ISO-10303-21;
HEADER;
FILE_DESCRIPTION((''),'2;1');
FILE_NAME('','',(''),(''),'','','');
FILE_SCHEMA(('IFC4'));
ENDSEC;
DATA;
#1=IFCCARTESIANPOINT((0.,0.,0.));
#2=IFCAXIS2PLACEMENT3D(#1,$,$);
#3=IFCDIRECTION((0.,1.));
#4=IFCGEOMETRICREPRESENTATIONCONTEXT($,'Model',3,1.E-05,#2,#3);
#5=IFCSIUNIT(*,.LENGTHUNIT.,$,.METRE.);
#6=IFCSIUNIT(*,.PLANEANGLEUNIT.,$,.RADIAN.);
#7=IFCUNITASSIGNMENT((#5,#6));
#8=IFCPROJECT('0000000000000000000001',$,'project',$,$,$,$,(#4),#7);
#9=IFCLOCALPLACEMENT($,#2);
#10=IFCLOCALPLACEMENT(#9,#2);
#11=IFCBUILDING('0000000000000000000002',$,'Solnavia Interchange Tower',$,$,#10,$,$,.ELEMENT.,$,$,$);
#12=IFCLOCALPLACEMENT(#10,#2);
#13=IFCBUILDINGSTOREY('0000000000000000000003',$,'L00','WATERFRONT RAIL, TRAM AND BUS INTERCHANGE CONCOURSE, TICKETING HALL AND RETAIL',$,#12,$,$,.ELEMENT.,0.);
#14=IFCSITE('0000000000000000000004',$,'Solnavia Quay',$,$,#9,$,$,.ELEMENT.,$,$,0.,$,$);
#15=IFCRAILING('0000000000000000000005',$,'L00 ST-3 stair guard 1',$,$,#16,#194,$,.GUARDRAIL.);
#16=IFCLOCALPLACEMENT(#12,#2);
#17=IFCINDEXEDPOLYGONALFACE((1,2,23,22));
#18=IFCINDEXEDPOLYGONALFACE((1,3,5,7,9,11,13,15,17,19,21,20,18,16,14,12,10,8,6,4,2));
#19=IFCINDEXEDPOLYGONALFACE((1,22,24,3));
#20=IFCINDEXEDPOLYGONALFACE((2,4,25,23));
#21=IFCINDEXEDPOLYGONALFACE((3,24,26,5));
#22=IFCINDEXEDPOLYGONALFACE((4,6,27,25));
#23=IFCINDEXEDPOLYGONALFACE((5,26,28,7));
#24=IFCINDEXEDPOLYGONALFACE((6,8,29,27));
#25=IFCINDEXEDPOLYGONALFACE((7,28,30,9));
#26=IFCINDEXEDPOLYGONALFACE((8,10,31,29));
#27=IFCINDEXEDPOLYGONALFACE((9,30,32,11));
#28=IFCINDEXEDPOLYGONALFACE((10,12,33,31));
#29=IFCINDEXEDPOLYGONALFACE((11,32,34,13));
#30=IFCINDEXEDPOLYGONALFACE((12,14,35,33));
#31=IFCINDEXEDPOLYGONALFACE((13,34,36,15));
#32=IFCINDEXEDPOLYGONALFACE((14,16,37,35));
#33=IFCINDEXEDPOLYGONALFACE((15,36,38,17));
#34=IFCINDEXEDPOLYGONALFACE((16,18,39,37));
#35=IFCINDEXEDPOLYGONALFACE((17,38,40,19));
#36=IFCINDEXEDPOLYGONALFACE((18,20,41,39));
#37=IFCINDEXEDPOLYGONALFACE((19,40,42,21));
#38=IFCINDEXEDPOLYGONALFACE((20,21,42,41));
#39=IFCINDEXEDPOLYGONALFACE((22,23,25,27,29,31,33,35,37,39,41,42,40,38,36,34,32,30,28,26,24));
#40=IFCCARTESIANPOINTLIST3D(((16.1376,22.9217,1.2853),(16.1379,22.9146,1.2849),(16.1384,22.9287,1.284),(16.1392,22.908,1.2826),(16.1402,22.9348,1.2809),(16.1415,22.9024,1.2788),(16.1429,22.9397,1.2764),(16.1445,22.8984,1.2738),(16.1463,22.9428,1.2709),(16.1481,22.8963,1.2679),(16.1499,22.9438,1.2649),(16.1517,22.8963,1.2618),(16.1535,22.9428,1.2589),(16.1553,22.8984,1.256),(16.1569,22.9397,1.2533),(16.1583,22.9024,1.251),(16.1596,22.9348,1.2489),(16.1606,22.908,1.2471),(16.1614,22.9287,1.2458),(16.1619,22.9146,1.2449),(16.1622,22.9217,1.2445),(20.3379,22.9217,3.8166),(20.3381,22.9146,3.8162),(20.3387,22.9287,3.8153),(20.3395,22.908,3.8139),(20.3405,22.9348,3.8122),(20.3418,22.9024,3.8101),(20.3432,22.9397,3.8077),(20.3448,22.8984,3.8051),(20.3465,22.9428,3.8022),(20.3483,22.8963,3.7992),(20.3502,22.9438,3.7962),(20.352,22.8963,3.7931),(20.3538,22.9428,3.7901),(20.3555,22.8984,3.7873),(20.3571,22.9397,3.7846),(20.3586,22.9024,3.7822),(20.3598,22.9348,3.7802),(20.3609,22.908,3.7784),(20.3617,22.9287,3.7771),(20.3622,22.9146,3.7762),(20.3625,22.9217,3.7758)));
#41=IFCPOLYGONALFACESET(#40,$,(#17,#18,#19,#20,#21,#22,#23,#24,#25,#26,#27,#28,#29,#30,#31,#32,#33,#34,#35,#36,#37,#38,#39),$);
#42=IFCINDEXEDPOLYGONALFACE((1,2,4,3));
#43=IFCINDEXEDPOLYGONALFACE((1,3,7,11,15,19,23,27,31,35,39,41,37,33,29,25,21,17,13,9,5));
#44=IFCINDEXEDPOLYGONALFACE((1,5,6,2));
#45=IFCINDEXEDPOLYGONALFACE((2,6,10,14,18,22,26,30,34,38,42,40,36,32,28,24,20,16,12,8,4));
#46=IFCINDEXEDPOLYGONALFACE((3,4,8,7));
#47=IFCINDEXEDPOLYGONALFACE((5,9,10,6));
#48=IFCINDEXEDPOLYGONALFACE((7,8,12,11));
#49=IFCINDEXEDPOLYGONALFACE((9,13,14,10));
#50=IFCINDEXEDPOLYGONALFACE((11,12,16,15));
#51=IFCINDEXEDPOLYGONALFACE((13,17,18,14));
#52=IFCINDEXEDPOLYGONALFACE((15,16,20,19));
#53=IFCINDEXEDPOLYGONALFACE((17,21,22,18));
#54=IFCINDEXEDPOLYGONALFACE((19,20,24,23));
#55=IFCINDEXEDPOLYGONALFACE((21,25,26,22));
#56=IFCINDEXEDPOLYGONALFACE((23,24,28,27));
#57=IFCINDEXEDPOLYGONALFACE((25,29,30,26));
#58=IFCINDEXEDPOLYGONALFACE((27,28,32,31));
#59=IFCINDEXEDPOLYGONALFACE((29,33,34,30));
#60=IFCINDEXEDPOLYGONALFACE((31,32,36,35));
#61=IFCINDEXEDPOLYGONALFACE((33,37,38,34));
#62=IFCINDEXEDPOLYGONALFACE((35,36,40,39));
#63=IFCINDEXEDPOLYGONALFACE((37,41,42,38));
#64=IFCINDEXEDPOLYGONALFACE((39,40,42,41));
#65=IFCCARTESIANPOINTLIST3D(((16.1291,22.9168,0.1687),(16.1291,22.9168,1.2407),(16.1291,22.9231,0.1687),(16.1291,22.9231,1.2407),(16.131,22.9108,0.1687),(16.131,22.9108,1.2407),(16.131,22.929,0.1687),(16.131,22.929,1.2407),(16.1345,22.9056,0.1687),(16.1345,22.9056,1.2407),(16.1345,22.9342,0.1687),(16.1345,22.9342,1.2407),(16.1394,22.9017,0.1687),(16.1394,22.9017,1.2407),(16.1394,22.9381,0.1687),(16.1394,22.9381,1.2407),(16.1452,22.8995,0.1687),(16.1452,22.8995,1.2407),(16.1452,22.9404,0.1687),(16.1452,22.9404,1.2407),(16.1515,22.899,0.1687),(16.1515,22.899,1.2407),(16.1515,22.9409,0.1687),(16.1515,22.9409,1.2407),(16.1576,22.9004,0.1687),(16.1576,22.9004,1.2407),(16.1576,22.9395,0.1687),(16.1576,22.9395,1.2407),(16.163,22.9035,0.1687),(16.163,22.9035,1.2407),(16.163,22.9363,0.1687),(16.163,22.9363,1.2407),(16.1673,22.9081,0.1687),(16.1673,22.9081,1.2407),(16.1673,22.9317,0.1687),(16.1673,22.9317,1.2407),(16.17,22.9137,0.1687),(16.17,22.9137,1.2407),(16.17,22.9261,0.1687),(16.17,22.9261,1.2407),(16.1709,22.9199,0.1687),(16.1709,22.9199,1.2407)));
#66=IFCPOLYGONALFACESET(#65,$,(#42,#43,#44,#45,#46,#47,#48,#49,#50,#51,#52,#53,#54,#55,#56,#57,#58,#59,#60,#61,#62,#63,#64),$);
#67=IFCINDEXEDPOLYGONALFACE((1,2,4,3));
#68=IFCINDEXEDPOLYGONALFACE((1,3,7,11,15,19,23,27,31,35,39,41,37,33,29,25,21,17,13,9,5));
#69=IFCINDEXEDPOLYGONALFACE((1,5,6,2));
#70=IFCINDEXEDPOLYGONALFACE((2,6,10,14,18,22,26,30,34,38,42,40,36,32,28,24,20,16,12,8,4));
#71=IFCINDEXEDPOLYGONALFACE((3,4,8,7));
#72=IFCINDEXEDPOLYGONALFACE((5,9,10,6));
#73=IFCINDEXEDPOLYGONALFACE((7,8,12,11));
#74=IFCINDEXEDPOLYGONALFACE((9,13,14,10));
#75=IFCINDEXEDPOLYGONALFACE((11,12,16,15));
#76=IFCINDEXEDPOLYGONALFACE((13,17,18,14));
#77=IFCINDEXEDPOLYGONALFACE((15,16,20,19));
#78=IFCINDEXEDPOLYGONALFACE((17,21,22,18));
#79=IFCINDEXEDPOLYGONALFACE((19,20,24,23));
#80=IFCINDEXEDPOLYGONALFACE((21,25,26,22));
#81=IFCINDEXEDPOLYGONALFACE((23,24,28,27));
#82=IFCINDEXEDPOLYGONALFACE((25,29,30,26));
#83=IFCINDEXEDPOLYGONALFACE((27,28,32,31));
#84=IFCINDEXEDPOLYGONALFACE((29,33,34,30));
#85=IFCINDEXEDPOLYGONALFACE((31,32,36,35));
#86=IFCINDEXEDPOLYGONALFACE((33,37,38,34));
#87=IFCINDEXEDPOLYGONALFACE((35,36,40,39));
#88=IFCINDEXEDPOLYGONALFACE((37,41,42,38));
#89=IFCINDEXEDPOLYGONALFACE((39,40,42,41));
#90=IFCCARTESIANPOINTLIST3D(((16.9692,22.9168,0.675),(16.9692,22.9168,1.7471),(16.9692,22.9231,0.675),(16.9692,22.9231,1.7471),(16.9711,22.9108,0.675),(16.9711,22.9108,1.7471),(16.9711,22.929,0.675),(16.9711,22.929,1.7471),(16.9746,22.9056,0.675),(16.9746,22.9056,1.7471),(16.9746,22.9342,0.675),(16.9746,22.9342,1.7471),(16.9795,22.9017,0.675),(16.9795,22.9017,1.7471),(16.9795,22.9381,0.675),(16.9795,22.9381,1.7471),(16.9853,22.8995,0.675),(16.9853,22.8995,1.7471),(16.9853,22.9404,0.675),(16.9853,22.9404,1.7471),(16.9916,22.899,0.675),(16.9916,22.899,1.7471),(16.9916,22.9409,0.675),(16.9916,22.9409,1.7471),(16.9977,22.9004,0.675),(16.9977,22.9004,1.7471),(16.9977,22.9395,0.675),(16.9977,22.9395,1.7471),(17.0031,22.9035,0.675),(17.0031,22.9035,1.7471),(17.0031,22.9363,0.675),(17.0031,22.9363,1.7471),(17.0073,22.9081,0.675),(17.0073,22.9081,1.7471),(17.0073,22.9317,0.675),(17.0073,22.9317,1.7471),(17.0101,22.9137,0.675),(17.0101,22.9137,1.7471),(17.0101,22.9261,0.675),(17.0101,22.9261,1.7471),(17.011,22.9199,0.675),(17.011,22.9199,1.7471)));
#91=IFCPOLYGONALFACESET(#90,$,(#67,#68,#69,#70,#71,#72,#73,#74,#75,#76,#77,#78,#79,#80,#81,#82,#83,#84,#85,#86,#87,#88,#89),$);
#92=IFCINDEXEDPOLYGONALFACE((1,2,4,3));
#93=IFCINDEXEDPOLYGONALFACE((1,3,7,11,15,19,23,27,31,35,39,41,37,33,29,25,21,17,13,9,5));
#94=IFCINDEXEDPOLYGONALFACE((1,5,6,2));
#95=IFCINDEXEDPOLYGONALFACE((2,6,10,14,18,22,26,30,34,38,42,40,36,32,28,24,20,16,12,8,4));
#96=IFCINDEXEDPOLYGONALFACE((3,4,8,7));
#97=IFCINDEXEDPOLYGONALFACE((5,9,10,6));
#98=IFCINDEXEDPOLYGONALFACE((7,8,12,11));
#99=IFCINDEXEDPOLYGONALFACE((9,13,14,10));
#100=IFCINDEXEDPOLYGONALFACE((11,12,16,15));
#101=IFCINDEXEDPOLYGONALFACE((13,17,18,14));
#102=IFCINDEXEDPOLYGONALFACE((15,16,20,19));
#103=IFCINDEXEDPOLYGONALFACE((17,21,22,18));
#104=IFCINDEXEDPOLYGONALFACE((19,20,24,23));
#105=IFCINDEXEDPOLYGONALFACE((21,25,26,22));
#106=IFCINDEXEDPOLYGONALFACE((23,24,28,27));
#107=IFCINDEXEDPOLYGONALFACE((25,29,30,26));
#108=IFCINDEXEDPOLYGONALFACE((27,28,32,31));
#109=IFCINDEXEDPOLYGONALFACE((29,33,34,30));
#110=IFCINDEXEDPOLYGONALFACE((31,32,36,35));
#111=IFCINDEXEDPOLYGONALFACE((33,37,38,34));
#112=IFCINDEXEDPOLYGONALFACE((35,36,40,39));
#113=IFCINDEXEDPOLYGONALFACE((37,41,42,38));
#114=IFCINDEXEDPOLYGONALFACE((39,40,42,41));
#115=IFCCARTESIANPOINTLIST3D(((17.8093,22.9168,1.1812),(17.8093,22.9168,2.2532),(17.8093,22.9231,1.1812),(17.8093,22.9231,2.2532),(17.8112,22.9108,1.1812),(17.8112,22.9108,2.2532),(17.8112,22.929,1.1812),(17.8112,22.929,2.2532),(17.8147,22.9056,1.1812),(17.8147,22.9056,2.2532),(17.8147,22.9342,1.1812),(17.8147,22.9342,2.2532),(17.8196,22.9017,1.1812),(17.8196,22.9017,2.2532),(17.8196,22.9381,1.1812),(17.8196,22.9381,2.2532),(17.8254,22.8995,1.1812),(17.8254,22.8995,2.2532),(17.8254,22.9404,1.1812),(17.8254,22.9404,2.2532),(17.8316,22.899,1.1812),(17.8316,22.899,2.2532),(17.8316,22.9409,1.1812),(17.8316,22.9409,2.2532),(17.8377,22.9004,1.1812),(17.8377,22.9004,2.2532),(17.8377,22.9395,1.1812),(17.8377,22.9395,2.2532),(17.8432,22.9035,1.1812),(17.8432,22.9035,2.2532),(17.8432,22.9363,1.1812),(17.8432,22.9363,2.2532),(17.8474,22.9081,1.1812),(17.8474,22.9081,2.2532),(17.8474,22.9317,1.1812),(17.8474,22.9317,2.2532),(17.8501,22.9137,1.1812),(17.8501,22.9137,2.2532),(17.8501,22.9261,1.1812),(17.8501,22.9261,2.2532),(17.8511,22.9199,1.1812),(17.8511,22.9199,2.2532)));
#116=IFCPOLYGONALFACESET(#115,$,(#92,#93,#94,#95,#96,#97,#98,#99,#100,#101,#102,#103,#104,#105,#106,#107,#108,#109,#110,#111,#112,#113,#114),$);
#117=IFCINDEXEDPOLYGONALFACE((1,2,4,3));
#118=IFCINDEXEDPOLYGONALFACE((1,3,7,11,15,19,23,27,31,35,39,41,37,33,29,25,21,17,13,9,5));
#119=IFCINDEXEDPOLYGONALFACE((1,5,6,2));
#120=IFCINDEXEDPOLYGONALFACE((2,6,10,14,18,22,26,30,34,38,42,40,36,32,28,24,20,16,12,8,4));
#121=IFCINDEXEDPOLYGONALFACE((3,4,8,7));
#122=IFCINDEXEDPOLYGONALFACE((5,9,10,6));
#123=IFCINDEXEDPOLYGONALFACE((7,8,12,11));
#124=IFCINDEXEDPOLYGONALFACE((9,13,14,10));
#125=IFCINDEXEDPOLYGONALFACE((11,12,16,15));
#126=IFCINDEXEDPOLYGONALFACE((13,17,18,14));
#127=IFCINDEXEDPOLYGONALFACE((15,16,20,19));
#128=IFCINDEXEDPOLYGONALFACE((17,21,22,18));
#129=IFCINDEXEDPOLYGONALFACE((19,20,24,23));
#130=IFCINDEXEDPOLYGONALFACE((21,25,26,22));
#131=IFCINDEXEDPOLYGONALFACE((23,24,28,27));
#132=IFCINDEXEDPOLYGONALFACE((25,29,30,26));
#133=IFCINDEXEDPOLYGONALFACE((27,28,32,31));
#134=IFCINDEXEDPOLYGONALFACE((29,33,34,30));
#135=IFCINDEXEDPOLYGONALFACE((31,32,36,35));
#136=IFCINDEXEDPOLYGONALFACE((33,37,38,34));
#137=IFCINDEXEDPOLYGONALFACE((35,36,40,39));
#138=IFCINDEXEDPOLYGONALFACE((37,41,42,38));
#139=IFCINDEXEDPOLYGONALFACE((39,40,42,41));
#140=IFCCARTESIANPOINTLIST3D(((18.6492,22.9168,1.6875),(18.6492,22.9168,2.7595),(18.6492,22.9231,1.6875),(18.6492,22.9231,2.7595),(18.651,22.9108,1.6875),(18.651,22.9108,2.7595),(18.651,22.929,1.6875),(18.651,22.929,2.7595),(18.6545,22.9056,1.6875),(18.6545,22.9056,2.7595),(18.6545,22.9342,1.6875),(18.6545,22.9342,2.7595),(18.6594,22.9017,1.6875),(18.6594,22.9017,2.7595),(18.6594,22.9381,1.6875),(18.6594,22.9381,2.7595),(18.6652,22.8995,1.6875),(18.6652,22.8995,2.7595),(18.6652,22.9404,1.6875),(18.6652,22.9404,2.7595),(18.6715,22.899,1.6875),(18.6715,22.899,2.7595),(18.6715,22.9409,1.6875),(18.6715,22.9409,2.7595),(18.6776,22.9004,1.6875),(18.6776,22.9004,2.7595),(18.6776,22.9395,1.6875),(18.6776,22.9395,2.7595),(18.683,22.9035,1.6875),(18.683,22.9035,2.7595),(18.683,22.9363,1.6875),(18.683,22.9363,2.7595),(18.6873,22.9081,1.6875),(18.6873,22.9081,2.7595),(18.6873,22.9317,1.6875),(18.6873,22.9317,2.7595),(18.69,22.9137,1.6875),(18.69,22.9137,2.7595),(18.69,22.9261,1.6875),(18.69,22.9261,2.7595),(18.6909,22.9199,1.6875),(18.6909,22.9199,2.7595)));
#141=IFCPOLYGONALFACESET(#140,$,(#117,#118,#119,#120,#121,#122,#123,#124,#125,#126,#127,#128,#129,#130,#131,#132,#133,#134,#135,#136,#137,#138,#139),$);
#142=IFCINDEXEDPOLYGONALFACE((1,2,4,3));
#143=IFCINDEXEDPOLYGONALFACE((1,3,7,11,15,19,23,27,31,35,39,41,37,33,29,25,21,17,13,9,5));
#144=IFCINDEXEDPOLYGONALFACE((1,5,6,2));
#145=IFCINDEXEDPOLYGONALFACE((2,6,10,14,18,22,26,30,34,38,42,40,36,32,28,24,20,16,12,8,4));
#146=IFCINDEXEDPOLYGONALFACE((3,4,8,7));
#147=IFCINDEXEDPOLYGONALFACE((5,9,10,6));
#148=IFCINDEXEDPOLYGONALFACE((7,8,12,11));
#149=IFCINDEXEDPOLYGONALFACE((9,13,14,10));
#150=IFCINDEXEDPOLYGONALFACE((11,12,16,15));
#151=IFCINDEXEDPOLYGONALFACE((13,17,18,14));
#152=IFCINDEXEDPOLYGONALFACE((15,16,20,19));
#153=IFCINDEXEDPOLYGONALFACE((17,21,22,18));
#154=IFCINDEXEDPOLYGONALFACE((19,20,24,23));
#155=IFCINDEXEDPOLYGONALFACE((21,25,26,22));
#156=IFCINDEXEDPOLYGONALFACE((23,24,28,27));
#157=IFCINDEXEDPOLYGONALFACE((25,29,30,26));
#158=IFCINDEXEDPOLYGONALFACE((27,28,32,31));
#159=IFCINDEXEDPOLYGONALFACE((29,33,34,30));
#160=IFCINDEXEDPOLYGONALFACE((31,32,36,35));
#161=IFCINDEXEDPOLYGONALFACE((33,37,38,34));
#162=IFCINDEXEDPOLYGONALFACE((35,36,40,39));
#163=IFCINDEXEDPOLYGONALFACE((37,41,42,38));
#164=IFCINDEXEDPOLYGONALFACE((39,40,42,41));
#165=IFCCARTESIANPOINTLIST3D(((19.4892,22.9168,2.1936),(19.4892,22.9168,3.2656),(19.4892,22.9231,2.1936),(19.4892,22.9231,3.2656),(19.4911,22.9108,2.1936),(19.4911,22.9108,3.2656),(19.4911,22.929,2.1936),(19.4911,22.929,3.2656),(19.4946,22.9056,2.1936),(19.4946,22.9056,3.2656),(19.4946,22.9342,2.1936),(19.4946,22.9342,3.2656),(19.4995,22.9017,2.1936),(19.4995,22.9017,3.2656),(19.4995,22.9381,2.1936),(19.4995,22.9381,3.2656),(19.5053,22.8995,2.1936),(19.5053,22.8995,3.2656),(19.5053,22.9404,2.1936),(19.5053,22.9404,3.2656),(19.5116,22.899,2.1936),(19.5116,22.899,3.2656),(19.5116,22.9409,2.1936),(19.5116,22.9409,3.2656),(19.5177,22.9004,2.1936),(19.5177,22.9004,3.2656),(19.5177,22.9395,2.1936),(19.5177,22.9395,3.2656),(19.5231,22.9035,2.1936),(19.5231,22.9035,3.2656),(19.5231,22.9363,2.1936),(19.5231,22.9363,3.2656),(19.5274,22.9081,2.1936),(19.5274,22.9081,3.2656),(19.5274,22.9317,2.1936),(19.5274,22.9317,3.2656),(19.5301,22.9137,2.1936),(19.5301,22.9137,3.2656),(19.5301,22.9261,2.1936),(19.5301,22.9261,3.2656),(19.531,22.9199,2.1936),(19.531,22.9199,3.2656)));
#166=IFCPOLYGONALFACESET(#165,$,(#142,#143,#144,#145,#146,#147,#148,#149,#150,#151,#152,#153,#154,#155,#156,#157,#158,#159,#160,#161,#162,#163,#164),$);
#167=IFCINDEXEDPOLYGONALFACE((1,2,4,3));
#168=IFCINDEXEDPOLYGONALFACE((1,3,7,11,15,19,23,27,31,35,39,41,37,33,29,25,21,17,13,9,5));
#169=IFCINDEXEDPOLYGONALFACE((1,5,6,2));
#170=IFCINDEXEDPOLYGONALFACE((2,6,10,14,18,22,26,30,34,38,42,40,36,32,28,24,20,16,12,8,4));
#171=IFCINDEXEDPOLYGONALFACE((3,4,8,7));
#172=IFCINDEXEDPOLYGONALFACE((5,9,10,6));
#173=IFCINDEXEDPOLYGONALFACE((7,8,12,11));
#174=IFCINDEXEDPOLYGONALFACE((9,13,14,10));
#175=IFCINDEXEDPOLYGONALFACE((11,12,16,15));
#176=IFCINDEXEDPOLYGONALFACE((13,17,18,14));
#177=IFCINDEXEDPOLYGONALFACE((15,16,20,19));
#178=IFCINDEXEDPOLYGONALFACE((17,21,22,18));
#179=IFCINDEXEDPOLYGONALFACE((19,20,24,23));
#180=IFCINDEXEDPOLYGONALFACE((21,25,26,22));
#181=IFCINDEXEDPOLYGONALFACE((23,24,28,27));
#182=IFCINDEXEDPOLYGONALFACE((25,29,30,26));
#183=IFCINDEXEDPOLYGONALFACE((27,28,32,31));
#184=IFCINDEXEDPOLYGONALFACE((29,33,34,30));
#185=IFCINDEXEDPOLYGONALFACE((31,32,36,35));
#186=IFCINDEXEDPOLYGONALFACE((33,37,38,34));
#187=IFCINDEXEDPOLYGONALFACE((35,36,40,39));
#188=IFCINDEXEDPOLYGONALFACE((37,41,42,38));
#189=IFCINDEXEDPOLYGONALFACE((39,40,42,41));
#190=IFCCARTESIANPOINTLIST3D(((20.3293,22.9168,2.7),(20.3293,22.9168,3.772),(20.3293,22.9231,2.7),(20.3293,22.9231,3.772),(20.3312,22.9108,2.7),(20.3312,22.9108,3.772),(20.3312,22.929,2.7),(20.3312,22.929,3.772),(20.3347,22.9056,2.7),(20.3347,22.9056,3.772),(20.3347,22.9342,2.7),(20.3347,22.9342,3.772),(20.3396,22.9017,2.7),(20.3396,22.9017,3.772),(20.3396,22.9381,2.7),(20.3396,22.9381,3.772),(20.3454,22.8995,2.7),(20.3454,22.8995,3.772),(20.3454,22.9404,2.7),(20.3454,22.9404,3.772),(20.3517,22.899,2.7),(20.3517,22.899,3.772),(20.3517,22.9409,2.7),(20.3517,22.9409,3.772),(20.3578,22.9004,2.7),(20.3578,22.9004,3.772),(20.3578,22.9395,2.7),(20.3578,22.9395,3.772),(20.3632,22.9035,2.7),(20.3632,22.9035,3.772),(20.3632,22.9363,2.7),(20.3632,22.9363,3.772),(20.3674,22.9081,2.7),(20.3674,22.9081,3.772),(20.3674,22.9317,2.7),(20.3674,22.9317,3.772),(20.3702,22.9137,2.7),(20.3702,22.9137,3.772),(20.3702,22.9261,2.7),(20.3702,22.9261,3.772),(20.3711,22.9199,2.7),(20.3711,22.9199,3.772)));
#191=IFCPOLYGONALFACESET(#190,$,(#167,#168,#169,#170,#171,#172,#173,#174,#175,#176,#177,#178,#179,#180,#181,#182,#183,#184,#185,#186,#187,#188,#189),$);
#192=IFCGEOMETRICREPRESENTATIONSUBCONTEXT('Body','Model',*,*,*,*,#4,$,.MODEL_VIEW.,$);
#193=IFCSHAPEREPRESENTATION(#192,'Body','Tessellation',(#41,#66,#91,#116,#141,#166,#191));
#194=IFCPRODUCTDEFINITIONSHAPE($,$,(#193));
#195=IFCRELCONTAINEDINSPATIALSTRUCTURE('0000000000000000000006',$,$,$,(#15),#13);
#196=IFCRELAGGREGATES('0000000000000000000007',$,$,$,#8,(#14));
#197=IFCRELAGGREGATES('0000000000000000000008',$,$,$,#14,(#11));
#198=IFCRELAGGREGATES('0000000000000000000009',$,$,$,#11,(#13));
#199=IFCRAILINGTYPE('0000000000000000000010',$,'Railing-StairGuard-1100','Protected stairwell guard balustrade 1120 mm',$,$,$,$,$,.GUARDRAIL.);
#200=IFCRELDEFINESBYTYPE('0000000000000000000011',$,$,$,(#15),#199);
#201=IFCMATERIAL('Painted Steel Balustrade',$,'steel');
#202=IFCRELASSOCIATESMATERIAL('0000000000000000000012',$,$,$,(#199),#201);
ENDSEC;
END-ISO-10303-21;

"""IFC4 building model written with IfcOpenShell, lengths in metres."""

from ifc_helpers import new_model, si_unit, direction, frame, origin, origin_2d, place, context, subcontext, project, spatial, circle, extrude, material, type_object, element, save


model = new_model("IFC4")

# Units and contexts
model_context = context("Model", 3, precision=1e-05, world=origin(), true_north=direction((0.0, 1.0)))
body_context = subcontext(model_context, "Body", "Model", "MODEL_VIEW")
ifc_project = project(units=[si_unit("LENGTHUNIT", "METRE"), si_unit("PLANEANGLEUNIT", "RADIAN")], contexts=[model_context])

# Site, building, storey
site_placement = place(None, origin())
site = spatial("IfcSite", under=ifc_project, at=site_placement, Name="Solnavia Quay", CompositionType="ELEMENT", RefElevation=0.0)
building_placement = place(site_placement, origin())
building = spatial("IfcBuilding", under=site, at=building_placement, Name="Solnavia Interchange Tower", CompositionType="ELEMENT")
storey_placement = place(building_placement, origin())
storey = spatial("IfcBuildingStorey", under=building, at=storey_placement, Name="L00", Description="WATERFRONT RAIL, TRAM AND BUS INTERCHANGE CONCOURSE, TICKETING HALL AND RETAIL", CompositionType="ELEMENT", Elevation=0.0)

# Railing
ifc_material_1 = material(Name="Painted Steel Balustrade", Category="steel")
railing_type_1 = type_object("IfcRailingType", Name="Railing-StairGuard-1100", Description="Protected stairwell guard balustrade 1120 mm", PredefinedType="GUARDRAIL", material=ifc_material_1)
railing_1_placement = place(storey_placement, frame((16.1499, 22.9199, 0.1687)))
element("IfcRailing", 1, at=railing_1_placement, inside=storey, type_object=railing_type_1, Name="L00 ST-3 stair guard 1", PredefinedType="GUARDRAIL", context=body_context, shape_type="SweptSolid", body=[
    extrude(circle(Radius=0.0239, at=origin_2d()), frame((0.0, 0.0, 1.0962), z_axis=(0.85649, 0.0, 0.516164), x_axis=(0.0, 1.0, 0.0)), (0.0, 0.0, 1.0), 4.9041),
    extrude(circle(Radius=0.021, at=origin_2d()), origin(), (0.0, 0.0, 1.0), 1.072),
    extrude(circle(Radius=0.021, at=origin_2d()), frame((0.8401, 0.0, 0.5063)), (0.0, 0.0, 1.0), 1.072),
    extrude(circle(Radius=0.021, at=origin_2d()), frame((1.6802, 0.0, 1.0125)), (0.0, 0.0, 1.0), 1.072),
    extrude(circle(Radius=0.021, at=origin_2d()), frame((2.52, 0.0, 1.5188)), (0.0, 0.0, 1.0), 1.072),
    extrude(circle(Radius=0.021, at=origin_2d()), frame((3.3601, 0.0, 2.0249)), (0.0, 0.0, 1.0), 1.072),
    extrude(circle(Radius=0.021, at=origin_2d()), frame((4.2002, 0.0, 2.5312)), (0.0, 0.0, 1.0), 1.072),
])

save(model, "model.ifc")
